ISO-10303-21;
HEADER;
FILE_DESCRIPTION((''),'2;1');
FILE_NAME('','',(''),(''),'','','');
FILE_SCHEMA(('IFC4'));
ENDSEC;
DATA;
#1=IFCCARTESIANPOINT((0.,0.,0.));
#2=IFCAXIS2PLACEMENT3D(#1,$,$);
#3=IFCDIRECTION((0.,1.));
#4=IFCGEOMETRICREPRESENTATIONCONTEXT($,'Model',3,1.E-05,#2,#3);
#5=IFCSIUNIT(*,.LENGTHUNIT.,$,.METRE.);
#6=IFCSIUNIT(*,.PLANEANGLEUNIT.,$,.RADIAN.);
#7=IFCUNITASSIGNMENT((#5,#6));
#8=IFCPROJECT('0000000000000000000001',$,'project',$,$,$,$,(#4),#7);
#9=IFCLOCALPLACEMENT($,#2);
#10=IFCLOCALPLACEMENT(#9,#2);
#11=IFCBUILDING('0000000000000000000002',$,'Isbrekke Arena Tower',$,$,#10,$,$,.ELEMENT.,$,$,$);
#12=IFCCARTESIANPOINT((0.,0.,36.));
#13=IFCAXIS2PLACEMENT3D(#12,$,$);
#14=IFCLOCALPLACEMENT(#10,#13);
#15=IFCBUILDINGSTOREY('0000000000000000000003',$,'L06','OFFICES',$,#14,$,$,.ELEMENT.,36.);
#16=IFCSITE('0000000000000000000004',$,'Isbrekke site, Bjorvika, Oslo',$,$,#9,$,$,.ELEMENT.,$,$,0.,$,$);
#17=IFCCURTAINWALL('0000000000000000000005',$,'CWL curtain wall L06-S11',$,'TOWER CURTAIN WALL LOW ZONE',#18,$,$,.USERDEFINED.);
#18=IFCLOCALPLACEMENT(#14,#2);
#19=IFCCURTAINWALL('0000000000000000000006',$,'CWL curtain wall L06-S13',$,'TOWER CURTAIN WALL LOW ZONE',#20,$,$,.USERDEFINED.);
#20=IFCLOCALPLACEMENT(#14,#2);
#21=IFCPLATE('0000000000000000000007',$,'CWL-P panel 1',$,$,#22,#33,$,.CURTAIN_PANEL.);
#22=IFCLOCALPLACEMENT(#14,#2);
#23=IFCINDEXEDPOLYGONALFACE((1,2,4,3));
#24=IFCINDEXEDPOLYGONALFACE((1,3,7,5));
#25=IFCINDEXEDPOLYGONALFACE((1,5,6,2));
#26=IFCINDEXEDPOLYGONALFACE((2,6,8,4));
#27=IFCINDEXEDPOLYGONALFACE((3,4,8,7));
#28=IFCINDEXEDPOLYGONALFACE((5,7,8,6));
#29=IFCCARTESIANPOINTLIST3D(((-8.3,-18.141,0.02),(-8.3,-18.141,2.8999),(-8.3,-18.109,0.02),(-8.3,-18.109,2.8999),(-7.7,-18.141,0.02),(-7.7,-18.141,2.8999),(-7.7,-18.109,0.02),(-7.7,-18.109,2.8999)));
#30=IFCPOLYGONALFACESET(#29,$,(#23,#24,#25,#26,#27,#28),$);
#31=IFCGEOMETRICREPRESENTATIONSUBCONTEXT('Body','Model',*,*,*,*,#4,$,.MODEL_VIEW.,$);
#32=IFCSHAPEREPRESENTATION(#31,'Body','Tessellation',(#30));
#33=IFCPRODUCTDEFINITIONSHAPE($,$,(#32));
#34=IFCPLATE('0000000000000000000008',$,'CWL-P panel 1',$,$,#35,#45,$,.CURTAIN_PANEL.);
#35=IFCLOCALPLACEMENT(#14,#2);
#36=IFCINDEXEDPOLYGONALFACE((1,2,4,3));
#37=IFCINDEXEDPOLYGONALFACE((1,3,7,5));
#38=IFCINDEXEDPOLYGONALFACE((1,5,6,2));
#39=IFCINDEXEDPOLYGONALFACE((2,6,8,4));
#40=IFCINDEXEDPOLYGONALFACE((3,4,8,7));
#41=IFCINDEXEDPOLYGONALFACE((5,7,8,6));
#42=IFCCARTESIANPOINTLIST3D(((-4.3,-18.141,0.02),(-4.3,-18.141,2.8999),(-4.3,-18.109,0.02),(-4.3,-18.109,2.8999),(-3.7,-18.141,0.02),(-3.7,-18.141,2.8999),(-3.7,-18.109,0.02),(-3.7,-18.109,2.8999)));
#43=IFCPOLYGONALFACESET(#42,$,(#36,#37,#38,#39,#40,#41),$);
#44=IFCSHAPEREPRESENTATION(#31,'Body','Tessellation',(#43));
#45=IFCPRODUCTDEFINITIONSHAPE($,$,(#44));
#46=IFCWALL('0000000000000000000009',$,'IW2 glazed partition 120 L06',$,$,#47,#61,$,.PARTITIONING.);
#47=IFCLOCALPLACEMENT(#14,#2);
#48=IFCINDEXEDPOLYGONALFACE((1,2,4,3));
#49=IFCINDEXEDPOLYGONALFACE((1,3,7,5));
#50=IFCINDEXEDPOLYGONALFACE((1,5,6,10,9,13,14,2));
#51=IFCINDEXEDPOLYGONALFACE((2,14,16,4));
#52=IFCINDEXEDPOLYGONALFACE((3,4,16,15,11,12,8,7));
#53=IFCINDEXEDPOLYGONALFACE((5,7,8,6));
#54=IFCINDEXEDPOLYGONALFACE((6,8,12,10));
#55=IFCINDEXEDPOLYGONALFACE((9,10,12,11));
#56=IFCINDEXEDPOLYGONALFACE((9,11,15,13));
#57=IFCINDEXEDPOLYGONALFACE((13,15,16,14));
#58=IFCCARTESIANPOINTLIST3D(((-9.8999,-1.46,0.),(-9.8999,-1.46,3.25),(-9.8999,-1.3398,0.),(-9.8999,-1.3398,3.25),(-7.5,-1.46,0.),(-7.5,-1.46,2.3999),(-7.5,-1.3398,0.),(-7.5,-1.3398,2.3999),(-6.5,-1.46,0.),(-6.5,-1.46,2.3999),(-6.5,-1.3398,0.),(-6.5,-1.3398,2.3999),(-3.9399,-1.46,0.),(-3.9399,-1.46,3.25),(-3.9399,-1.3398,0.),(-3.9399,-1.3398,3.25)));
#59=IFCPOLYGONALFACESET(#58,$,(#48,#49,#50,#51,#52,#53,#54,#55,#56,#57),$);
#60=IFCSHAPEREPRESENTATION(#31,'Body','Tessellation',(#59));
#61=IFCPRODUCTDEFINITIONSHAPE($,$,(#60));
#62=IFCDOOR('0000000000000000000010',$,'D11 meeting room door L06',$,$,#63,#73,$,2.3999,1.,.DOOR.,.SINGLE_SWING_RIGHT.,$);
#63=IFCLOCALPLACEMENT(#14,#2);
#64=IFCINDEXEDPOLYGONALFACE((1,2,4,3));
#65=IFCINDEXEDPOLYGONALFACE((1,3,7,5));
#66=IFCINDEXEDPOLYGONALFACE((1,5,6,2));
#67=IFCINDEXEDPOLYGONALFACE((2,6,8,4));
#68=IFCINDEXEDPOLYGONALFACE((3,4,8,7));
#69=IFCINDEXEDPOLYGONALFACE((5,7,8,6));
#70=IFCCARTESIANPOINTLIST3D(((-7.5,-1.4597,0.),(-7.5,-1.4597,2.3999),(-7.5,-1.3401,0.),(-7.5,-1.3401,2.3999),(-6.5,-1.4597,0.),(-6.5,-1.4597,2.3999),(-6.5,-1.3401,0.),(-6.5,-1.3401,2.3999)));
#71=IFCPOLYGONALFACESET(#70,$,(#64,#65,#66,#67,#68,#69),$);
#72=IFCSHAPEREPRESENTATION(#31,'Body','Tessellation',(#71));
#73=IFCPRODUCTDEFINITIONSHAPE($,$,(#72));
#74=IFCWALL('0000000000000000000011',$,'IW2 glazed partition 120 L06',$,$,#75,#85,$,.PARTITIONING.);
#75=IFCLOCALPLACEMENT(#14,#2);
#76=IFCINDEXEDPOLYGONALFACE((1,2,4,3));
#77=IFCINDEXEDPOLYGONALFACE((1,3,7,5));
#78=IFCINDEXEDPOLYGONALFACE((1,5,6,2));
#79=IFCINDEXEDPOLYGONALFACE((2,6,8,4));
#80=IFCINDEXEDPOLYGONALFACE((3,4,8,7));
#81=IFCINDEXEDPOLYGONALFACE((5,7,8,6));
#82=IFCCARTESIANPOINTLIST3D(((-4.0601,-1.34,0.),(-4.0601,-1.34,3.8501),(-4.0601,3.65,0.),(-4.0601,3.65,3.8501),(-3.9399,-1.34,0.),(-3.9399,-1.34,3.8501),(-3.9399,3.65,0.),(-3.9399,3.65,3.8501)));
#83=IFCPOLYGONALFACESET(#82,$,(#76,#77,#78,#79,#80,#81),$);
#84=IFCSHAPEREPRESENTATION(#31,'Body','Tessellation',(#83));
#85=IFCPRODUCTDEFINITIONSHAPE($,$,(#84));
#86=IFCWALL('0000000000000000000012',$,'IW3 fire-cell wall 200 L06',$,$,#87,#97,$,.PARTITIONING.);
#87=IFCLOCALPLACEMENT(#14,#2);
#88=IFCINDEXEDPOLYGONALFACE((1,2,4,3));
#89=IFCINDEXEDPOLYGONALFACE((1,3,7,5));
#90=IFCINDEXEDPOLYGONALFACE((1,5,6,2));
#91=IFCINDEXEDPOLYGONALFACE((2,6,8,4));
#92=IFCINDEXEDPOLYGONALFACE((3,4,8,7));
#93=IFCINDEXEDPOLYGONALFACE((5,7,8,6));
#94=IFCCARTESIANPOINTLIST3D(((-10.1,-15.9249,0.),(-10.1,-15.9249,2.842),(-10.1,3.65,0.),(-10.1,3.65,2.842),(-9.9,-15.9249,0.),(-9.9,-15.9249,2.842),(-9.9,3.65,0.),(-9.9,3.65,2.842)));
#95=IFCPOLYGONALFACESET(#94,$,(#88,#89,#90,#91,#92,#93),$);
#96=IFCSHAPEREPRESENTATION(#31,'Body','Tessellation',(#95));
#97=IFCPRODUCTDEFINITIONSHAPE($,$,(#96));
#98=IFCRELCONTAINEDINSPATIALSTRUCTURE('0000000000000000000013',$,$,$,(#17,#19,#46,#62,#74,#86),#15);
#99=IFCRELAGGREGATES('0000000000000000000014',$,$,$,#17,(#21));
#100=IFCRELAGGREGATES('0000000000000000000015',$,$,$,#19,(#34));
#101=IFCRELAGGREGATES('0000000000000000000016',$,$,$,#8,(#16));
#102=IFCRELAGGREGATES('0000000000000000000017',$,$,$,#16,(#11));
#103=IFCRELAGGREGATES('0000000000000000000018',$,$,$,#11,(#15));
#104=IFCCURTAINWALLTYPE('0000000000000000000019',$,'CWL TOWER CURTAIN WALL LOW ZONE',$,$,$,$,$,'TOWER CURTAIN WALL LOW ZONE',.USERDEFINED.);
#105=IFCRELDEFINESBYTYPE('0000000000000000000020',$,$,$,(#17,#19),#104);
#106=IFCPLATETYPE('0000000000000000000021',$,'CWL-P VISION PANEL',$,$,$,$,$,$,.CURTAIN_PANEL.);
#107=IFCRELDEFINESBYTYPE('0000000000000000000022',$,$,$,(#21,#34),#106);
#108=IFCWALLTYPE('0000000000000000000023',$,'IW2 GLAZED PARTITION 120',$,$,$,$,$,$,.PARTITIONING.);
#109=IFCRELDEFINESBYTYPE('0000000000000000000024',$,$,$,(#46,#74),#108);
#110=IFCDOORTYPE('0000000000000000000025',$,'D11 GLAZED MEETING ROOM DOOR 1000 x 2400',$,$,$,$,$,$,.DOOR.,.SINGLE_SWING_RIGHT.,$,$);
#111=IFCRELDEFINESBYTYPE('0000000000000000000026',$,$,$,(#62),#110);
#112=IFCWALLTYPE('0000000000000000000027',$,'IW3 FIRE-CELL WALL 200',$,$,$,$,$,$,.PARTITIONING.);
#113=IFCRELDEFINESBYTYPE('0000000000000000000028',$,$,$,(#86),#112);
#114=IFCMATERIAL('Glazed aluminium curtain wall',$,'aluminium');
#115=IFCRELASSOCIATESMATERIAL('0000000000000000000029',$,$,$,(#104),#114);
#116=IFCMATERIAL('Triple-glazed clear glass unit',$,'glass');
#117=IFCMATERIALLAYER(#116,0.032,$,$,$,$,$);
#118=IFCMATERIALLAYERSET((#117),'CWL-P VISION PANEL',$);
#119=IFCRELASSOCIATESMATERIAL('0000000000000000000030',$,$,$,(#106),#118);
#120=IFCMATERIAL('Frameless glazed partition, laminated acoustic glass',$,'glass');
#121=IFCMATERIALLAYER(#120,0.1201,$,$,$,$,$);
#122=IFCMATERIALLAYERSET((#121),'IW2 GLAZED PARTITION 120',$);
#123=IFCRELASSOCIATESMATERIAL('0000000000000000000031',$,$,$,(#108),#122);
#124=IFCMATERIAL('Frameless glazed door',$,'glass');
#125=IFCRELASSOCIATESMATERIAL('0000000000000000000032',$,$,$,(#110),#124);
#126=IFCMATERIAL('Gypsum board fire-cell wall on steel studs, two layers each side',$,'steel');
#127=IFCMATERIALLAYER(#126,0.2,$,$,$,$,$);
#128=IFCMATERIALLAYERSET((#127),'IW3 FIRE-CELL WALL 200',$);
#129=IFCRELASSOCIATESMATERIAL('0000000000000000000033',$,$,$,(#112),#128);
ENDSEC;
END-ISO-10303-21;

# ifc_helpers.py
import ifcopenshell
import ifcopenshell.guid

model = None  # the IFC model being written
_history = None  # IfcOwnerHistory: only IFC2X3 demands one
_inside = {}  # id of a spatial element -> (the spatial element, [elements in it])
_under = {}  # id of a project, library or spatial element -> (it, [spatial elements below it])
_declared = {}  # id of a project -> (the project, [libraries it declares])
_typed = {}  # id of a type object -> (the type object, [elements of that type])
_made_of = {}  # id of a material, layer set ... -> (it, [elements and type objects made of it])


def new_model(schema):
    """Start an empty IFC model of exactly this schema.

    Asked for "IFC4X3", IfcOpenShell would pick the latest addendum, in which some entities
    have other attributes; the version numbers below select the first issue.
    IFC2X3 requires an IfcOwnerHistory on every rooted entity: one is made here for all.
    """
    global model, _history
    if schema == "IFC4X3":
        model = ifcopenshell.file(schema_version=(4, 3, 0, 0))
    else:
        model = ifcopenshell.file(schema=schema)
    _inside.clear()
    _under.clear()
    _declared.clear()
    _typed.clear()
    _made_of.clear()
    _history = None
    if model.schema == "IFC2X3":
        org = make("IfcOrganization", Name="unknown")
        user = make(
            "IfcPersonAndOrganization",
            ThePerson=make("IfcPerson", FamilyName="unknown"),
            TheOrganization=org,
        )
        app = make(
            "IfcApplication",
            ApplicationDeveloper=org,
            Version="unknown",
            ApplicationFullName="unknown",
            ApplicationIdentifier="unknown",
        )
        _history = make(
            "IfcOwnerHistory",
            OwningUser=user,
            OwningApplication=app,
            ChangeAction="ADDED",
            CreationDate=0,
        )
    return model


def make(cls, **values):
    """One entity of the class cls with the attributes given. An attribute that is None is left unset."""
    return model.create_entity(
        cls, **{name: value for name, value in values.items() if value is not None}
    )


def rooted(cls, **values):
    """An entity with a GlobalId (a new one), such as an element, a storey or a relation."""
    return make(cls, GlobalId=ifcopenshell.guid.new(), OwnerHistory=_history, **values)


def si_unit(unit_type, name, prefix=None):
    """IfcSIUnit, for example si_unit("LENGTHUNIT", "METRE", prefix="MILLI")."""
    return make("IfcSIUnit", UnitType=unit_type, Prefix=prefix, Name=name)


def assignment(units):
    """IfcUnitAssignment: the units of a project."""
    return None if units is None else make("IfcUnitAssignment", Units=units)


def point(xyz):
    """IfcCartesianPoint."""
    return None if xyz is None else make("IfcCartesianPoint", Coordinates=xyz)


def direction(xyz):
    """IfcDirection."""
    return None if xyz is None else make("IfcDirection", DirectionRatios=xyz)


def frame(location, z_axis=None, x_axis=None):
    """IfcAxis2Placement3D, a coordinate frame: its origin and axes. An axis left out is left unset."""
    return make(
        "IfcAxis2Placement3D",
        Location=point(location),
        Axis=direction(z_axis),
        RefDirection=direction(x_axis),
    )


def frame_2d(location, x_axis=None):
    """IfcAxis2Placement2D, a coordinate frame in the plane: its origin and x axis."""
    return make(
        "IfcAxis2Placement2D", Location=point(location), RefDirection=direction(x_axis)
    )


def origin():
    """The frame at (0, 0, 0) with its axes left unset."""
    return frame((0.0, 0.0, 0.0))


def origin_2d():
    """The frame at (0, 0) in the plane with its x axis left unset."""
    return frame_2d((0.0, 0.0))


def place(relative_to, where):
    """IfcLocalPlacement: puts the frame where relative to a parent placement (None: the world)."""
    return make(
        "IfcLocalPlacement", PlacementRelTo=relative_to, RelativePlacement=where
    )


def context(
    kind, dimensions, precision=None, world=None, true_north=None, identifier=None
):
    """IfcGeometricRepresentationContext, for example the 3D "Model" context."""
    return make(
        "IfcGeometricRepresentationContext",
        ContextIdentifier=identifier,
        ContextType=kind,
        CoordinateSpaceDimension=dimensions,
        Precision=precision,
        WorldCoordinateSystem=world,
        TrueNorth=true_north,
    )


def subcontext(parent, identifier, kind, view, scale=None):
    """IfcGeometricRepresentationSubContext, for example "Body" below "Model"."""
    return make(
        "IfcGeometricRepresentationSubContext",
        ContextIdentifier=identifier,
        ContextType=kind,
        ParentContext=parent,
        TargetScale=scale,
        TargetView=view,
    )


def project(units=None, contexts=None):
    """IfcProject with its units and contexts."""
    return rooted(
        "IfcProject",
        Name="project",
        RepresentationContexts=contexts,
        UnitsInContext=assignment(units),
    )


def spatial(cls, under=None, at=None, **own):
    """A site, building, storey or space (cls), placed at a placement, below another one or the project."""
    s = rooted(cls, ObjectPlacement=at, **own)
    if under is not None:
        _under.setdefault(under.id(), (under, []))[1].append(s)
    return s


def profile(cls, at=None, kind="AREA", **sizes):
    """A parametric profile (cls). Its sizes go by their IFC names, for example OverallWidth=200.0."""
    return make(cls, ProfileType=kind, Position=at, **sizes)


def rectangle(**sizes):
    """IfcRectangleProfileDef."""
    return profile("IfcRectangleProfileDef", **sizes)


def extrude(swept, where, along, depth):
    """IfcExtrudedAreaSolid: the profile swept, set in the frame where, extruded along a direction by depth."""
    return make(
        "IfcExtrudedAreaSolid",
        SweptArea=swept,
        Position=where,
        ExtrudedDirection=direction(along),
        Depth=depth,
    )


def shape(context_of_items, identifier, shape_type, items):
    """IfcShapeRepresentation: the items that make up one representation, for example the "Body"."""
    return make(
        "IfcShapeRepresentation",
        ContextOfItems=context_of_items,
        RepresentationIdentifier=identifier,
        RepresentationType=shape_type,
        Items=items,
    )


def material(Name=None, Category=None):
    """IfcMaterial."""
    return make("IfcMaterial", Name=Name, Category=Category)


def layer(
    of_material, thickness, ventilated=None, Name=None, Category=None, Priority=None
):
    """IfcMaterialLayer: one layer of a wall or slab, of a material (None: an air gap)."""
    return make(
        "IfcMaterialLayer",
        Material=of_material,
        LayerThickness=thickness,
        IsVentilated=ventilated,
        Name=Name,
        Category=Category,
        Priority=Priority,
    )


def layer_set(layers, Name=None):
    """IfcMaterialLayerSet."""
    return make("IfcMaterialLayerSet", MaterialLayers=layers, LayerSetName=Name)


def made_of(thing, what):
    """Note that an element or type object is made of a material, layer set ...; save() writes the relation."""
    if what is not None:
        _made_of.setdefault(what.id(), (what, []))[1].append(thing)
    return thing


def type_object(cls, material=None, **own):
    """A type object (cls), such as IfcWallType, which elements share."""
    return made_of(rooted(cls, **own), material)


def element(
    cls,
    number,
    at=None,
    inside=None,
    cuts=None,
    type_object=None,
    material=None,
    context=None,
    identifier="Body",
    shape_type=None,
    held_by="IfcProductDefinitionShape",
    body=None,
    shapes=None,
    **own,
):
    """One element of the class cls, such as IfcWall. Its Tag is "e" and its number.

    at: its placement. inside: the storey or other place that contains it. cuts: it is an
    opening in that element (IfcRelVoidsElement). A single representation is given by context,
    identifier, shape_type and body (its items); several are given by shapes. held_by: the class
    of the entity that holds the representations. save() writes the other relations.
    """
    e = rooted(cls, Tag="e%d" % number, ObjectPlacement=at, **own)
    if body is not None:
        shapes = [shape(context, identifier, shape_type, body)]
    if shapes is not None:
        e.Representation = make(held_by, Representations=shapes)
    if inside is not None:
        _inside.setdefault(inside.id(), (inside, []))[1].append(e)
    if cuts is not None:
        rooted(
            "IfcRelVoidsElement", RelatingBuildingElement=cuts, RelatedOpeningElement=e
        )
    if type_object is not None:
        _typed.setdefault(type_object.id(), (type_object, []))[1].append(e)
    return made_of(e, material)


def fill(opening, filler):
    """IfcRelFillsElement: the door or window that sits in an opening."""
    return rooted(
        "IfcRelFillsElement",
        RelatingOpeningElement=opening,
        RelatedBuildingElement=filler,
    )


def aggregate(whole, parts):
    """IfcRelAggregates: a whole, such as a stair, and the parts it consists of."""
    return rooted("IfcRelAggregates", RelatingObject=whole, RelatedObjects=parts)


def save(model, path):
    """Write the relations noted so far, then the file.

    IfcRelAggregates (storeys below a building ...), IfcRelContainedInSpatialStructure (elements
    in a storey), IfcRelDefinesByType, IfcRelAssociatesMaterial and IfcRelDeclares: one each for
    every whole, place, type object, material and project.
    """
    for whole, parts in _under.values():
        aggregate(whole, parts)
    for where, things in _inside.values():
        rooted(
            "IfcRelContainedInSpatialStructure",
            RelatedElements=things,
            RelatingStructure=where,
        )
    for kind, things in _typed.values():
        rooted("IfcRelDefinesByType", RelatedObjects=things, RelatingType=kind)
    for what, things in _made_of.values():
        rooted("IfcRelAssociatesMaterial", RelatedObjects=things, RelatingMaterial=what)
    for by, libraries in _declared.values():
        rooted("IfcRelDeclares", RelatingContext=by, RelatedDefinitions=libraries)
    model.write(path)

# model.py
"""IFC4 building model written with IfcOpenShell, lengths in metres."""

from ifc_helpers import new_model, si_unit, direction, frame, frame_2d, origin, origin_2d, place, context, subcontext, project, spatial, rectangle, extrude, material, layer, layer_set, type_object, element, fill, aggregate, save


model = new_model("IFC4")

# Units and contexts
model_context = context("Model", 3, precision=1e-05, world=origin(), true_north=direction((0.0, 1.0)))
body_context = subcontext(model_context, "Body", "Model", "MODEL_VIEW")
ifc_project = project(units=[si_unit("LENGTHUNIT", "METRE"), si_unit("PLANEANGLEUNIT", "RADIAN")], contexts=[model_context])

# Site, building, storey
site_placement = place(None, origin())
site = spatial("IfcSite", under=ifc_project, at=site_placement, Name="Isbrekke site, Bjorvika, Oslo", CompositionType="ELEMENT", RefElevation=0.0)
building_placement = place(site_placement, origin())
building = spatial("IfcBuilding", under=site, at=building_placement, Name="Isbrekke Arena Tower", CompositionType="ELEMENT")
storey_placement = place(building_placement, frame((0.0, 0.0, 36.0)))
storey = spatial("IfcBuildingStorey", under=building, at=storey_placement, Name="L06", Description="OFFICES", CompositionType="ELEMENT", Elevation=36.0)

# Curtain walls
ifc_material_1 = material(Name="Glazed aluminium curtain wall", Category="aluminium")
curtain_wall_type = type_object("IfcCurtainWallType", Name="CWL TOWER CURTAIN WALL LOW ZONE", ElementType="TOWER CURTAIN WALL LOW ZONE", PredefinedType="USERDEFINED", material=ifc_material_1)
curtain_wall_1_placement = place(storey_placement, origin())
curtain_wall_1 = element("IfcCurtainWall", 1, at=curtain_wall_1_placement, inside=storey, type_object=curtain_wall_type, Name="CWL curtain wall L06-S11", ObjectType="TOWER CURTAIN WALL LOW ZONE", PredefinedType="USERDEFINED")
curtain_wall_2_placement = place(storey_placement, origin())
curtain_wall_2 = element("IfcCurtainWall", 2, at=curtain_wall_2_placement, inside=storey, type_object=curtain_wall_type, Name="CWL curtain wall L06-S13", ObjectType="TOWER CURTAIN WALL LOW ZONE", PredefinedType="USERDEFINED")

# Plates
ifc_material_2 = material(Name="Triple-glazed clear glass unit", Category="glass")
ifc_layer_1 = layer(ifc_material_2, 0.032)
ifc_layer_set_1 = layer_set([ifc_layer_1], Name="CWL-P VISION PANEL")
plate_type = type_object("IfcPlateType", Name="CWL-P VISION PANEL", PredefinedType="CURTAIN_PANEL", material=ifc_layer_set_1)
plate_1_placement = place(storey_placement, frame((-8.0, -18.125, 0.02), z_axis=(0.0, 0.0, 1.0), x_axis=(1.0, 0.0, 0.0)))
plate_1 = element("IfcPlate", 3, at=plate_1_placement, type_object=plate_type, Name="CWL-P panel 1", PredefinedType="CURTAIN_PANEL", context=body_context, shape_type="SweptSolid", body=[
    extrude(rectangle(XDim=0.6001, YDim=0.032, at=origin_2d()), origin(), (0.0, 0.0, 1.0), 2.8799),
])
aggregate(curtain_wall_1, [plate_1])
plate_2_placement = place(storey_placement, frame((-4.0, -18.125, 0.02), z_axis=(0.0, 0.0, 1.0), x_axis=(1.0, 0.0, 0.0)))
plate_2 = element("IfcPlate", 4, at=plate_2_placement, type_object=plate_type, Name="CWL-P panel 1", PredefinedType="CURTAIN_PANEL", context=body_context, shape_type="SweptSolid", body=[
    extrude(rectangle(XDim=0.6001, YDim=0.032, at=origin_2d()), origin(), (0.0, 0.0, 1.0), 2.8799),
])
aggregate(curtain_wall_2, [plate_2])

# Wall, opening, door
ifc_material_3 = material(Name="Frameless glazed partition, laminated acoustic glass", Category="glass")
ifc_layer_2 = layer(ifc_material_3, 0.1201)
ifc_layer_set_2 = layer_set([ifc_layer_2], Name="IW2 GLAZED PARTITION 120")
wall_type_1 = type_object("IfcWallType", Name="IW2 GLAZED PARTITION 120", PredefinedType="PARTITIONING", material=ifc_layer_set_2)
wall_1_placement = place(storey_placement, frame((-9.8999, -1.3999, 0.0), z_axis=(0.0, 0.0, 1.0), x_axis=(1.0, 0.0, 0.0)))
wall_1 = element("IfcWall", 5, at=wall_1_placement, inside=storey, type_object=wall_type_1, Name="IW2 glazed partition 120 L06", PredefinedType="PARTITIONING", context=body_context, shape_type="SweptSolid", body=[
    extrude(rectangle(XDim=5.96, YDim=0.1201, at=frame_2d((2.98, 0.0))), origin(), (0.0, 0.0, 1.0), 3.25),
])
opening_placement = place(wall_1_placement, frame((2.3999, 0.0, 0.0)))
opening = element("IfcOpeningElement", 6, at=opening_placement, cuts=wall_1, PredefinedType="OPENING", context=body_context, shape_type="SweptSolid", body=[
    extrude(rectangle(XDim=1.0, YDim=2.3999, at=frame_2d((0.5, 1.2))), frame((0.0, 0.075, 0.0), z_axis=(0.0, -1.0, 0.0), x_axis=(1.0, 0.0, 0.0)), (0.0, 0.0, 1.0), 0.1499),
])
ifc_material_4 = material(Name="Frameless glazed door", Category="glass")
door_type = type_object("IfcDoorType", Name="D11 GLAZED MEETING ROOM DOOR 1000 x 2400", OperationType="SINGLE_SWING_RIGHT", PredefinedType="DOOR", material=ifc_material_4)
door_placement = place(opening_placement, origin())
door = element("IfcDoor", 7, at=door_placement, inside=storey, type_object=door_type, Name="D11 meeting room door L06", OperationType="SINGLE_SWING_RIGHT", OverallHeight=2.3999, OverallWidth=1.0, PredefinedType="DOOR", context=body_context, shape_type="SweptSolid", body=[
    extrude(rectangle(XDim=1.0, YDim=2.3999, at=frame_2d((0.5, 1.2))), frame((0.0, 0.0598, 0.0), z_axis=(0.0, -1.0, 0.0), x_axis=(1.0, 0.0, 0.0)), (0.0, 0.0, 1.0), 0.1196),
])
fill(opening, door)

# Walls
wall_2_placement = place(storey_placement, frame((-4.0, -1.3401, 0.0), z_axis=(0.0, 0.0, 1.0), x_axis=(0.0, 1.0, 0.0)))
element("IfcWall", 8, at=wall_2_placement, inside=storey, type_object=wall_type_1, Name="IW2 glazed partition 120 L06", PredefinedType="PARTITIONING", context=body_context, shape_type="SweptSolid", body=[
    extrude(rectangle(XDim=4.99, YDim=0.1201, at=frame_2d((2.4951, 0.0))), origin(), (0.0, 0.0, 1.0), 3.8501),
])
ifc_material_5 = material(Name="Gypsum board fire-cell wall on steel studs, two layers each side", Category="steel")
ifc_layer_3 = layer(ifc_material_5, 0.2)
ifc_layer_set_3 = layer_set([ifc_layer_3], Name="IW3 FIRE-CELL WALL 200")
wall_type_2 = type_object("IfcWallType", Name="IW3 FIRE-CELL WALL 200", PredefinedType="PARTITIONING", material=ifc_layer_set_3)
wall_3_placement = place(storey_placement, frame((-10.0, -15.925, 0.0), z_axis=(0.0, 0.0, 1.0), x_axis=(0.0, 1.0, 0.0)))
element("IfcWall", 9, at=wall_3_placement, inside=storey, type_object=wall_type_2, Name="IW3 fire-cell wall 200 L06", PredefinedType="PARTITIONING", context=body_context, shape_type="SweptSolid", body=[
    extrude(rectangle(XDim=19.575, YDim=0.2, at=frame_2d((9.7876, 0.0))), origin(), (0.0, 0.0, 1.0), 2.842),
])

save(model, "model.ifc")
